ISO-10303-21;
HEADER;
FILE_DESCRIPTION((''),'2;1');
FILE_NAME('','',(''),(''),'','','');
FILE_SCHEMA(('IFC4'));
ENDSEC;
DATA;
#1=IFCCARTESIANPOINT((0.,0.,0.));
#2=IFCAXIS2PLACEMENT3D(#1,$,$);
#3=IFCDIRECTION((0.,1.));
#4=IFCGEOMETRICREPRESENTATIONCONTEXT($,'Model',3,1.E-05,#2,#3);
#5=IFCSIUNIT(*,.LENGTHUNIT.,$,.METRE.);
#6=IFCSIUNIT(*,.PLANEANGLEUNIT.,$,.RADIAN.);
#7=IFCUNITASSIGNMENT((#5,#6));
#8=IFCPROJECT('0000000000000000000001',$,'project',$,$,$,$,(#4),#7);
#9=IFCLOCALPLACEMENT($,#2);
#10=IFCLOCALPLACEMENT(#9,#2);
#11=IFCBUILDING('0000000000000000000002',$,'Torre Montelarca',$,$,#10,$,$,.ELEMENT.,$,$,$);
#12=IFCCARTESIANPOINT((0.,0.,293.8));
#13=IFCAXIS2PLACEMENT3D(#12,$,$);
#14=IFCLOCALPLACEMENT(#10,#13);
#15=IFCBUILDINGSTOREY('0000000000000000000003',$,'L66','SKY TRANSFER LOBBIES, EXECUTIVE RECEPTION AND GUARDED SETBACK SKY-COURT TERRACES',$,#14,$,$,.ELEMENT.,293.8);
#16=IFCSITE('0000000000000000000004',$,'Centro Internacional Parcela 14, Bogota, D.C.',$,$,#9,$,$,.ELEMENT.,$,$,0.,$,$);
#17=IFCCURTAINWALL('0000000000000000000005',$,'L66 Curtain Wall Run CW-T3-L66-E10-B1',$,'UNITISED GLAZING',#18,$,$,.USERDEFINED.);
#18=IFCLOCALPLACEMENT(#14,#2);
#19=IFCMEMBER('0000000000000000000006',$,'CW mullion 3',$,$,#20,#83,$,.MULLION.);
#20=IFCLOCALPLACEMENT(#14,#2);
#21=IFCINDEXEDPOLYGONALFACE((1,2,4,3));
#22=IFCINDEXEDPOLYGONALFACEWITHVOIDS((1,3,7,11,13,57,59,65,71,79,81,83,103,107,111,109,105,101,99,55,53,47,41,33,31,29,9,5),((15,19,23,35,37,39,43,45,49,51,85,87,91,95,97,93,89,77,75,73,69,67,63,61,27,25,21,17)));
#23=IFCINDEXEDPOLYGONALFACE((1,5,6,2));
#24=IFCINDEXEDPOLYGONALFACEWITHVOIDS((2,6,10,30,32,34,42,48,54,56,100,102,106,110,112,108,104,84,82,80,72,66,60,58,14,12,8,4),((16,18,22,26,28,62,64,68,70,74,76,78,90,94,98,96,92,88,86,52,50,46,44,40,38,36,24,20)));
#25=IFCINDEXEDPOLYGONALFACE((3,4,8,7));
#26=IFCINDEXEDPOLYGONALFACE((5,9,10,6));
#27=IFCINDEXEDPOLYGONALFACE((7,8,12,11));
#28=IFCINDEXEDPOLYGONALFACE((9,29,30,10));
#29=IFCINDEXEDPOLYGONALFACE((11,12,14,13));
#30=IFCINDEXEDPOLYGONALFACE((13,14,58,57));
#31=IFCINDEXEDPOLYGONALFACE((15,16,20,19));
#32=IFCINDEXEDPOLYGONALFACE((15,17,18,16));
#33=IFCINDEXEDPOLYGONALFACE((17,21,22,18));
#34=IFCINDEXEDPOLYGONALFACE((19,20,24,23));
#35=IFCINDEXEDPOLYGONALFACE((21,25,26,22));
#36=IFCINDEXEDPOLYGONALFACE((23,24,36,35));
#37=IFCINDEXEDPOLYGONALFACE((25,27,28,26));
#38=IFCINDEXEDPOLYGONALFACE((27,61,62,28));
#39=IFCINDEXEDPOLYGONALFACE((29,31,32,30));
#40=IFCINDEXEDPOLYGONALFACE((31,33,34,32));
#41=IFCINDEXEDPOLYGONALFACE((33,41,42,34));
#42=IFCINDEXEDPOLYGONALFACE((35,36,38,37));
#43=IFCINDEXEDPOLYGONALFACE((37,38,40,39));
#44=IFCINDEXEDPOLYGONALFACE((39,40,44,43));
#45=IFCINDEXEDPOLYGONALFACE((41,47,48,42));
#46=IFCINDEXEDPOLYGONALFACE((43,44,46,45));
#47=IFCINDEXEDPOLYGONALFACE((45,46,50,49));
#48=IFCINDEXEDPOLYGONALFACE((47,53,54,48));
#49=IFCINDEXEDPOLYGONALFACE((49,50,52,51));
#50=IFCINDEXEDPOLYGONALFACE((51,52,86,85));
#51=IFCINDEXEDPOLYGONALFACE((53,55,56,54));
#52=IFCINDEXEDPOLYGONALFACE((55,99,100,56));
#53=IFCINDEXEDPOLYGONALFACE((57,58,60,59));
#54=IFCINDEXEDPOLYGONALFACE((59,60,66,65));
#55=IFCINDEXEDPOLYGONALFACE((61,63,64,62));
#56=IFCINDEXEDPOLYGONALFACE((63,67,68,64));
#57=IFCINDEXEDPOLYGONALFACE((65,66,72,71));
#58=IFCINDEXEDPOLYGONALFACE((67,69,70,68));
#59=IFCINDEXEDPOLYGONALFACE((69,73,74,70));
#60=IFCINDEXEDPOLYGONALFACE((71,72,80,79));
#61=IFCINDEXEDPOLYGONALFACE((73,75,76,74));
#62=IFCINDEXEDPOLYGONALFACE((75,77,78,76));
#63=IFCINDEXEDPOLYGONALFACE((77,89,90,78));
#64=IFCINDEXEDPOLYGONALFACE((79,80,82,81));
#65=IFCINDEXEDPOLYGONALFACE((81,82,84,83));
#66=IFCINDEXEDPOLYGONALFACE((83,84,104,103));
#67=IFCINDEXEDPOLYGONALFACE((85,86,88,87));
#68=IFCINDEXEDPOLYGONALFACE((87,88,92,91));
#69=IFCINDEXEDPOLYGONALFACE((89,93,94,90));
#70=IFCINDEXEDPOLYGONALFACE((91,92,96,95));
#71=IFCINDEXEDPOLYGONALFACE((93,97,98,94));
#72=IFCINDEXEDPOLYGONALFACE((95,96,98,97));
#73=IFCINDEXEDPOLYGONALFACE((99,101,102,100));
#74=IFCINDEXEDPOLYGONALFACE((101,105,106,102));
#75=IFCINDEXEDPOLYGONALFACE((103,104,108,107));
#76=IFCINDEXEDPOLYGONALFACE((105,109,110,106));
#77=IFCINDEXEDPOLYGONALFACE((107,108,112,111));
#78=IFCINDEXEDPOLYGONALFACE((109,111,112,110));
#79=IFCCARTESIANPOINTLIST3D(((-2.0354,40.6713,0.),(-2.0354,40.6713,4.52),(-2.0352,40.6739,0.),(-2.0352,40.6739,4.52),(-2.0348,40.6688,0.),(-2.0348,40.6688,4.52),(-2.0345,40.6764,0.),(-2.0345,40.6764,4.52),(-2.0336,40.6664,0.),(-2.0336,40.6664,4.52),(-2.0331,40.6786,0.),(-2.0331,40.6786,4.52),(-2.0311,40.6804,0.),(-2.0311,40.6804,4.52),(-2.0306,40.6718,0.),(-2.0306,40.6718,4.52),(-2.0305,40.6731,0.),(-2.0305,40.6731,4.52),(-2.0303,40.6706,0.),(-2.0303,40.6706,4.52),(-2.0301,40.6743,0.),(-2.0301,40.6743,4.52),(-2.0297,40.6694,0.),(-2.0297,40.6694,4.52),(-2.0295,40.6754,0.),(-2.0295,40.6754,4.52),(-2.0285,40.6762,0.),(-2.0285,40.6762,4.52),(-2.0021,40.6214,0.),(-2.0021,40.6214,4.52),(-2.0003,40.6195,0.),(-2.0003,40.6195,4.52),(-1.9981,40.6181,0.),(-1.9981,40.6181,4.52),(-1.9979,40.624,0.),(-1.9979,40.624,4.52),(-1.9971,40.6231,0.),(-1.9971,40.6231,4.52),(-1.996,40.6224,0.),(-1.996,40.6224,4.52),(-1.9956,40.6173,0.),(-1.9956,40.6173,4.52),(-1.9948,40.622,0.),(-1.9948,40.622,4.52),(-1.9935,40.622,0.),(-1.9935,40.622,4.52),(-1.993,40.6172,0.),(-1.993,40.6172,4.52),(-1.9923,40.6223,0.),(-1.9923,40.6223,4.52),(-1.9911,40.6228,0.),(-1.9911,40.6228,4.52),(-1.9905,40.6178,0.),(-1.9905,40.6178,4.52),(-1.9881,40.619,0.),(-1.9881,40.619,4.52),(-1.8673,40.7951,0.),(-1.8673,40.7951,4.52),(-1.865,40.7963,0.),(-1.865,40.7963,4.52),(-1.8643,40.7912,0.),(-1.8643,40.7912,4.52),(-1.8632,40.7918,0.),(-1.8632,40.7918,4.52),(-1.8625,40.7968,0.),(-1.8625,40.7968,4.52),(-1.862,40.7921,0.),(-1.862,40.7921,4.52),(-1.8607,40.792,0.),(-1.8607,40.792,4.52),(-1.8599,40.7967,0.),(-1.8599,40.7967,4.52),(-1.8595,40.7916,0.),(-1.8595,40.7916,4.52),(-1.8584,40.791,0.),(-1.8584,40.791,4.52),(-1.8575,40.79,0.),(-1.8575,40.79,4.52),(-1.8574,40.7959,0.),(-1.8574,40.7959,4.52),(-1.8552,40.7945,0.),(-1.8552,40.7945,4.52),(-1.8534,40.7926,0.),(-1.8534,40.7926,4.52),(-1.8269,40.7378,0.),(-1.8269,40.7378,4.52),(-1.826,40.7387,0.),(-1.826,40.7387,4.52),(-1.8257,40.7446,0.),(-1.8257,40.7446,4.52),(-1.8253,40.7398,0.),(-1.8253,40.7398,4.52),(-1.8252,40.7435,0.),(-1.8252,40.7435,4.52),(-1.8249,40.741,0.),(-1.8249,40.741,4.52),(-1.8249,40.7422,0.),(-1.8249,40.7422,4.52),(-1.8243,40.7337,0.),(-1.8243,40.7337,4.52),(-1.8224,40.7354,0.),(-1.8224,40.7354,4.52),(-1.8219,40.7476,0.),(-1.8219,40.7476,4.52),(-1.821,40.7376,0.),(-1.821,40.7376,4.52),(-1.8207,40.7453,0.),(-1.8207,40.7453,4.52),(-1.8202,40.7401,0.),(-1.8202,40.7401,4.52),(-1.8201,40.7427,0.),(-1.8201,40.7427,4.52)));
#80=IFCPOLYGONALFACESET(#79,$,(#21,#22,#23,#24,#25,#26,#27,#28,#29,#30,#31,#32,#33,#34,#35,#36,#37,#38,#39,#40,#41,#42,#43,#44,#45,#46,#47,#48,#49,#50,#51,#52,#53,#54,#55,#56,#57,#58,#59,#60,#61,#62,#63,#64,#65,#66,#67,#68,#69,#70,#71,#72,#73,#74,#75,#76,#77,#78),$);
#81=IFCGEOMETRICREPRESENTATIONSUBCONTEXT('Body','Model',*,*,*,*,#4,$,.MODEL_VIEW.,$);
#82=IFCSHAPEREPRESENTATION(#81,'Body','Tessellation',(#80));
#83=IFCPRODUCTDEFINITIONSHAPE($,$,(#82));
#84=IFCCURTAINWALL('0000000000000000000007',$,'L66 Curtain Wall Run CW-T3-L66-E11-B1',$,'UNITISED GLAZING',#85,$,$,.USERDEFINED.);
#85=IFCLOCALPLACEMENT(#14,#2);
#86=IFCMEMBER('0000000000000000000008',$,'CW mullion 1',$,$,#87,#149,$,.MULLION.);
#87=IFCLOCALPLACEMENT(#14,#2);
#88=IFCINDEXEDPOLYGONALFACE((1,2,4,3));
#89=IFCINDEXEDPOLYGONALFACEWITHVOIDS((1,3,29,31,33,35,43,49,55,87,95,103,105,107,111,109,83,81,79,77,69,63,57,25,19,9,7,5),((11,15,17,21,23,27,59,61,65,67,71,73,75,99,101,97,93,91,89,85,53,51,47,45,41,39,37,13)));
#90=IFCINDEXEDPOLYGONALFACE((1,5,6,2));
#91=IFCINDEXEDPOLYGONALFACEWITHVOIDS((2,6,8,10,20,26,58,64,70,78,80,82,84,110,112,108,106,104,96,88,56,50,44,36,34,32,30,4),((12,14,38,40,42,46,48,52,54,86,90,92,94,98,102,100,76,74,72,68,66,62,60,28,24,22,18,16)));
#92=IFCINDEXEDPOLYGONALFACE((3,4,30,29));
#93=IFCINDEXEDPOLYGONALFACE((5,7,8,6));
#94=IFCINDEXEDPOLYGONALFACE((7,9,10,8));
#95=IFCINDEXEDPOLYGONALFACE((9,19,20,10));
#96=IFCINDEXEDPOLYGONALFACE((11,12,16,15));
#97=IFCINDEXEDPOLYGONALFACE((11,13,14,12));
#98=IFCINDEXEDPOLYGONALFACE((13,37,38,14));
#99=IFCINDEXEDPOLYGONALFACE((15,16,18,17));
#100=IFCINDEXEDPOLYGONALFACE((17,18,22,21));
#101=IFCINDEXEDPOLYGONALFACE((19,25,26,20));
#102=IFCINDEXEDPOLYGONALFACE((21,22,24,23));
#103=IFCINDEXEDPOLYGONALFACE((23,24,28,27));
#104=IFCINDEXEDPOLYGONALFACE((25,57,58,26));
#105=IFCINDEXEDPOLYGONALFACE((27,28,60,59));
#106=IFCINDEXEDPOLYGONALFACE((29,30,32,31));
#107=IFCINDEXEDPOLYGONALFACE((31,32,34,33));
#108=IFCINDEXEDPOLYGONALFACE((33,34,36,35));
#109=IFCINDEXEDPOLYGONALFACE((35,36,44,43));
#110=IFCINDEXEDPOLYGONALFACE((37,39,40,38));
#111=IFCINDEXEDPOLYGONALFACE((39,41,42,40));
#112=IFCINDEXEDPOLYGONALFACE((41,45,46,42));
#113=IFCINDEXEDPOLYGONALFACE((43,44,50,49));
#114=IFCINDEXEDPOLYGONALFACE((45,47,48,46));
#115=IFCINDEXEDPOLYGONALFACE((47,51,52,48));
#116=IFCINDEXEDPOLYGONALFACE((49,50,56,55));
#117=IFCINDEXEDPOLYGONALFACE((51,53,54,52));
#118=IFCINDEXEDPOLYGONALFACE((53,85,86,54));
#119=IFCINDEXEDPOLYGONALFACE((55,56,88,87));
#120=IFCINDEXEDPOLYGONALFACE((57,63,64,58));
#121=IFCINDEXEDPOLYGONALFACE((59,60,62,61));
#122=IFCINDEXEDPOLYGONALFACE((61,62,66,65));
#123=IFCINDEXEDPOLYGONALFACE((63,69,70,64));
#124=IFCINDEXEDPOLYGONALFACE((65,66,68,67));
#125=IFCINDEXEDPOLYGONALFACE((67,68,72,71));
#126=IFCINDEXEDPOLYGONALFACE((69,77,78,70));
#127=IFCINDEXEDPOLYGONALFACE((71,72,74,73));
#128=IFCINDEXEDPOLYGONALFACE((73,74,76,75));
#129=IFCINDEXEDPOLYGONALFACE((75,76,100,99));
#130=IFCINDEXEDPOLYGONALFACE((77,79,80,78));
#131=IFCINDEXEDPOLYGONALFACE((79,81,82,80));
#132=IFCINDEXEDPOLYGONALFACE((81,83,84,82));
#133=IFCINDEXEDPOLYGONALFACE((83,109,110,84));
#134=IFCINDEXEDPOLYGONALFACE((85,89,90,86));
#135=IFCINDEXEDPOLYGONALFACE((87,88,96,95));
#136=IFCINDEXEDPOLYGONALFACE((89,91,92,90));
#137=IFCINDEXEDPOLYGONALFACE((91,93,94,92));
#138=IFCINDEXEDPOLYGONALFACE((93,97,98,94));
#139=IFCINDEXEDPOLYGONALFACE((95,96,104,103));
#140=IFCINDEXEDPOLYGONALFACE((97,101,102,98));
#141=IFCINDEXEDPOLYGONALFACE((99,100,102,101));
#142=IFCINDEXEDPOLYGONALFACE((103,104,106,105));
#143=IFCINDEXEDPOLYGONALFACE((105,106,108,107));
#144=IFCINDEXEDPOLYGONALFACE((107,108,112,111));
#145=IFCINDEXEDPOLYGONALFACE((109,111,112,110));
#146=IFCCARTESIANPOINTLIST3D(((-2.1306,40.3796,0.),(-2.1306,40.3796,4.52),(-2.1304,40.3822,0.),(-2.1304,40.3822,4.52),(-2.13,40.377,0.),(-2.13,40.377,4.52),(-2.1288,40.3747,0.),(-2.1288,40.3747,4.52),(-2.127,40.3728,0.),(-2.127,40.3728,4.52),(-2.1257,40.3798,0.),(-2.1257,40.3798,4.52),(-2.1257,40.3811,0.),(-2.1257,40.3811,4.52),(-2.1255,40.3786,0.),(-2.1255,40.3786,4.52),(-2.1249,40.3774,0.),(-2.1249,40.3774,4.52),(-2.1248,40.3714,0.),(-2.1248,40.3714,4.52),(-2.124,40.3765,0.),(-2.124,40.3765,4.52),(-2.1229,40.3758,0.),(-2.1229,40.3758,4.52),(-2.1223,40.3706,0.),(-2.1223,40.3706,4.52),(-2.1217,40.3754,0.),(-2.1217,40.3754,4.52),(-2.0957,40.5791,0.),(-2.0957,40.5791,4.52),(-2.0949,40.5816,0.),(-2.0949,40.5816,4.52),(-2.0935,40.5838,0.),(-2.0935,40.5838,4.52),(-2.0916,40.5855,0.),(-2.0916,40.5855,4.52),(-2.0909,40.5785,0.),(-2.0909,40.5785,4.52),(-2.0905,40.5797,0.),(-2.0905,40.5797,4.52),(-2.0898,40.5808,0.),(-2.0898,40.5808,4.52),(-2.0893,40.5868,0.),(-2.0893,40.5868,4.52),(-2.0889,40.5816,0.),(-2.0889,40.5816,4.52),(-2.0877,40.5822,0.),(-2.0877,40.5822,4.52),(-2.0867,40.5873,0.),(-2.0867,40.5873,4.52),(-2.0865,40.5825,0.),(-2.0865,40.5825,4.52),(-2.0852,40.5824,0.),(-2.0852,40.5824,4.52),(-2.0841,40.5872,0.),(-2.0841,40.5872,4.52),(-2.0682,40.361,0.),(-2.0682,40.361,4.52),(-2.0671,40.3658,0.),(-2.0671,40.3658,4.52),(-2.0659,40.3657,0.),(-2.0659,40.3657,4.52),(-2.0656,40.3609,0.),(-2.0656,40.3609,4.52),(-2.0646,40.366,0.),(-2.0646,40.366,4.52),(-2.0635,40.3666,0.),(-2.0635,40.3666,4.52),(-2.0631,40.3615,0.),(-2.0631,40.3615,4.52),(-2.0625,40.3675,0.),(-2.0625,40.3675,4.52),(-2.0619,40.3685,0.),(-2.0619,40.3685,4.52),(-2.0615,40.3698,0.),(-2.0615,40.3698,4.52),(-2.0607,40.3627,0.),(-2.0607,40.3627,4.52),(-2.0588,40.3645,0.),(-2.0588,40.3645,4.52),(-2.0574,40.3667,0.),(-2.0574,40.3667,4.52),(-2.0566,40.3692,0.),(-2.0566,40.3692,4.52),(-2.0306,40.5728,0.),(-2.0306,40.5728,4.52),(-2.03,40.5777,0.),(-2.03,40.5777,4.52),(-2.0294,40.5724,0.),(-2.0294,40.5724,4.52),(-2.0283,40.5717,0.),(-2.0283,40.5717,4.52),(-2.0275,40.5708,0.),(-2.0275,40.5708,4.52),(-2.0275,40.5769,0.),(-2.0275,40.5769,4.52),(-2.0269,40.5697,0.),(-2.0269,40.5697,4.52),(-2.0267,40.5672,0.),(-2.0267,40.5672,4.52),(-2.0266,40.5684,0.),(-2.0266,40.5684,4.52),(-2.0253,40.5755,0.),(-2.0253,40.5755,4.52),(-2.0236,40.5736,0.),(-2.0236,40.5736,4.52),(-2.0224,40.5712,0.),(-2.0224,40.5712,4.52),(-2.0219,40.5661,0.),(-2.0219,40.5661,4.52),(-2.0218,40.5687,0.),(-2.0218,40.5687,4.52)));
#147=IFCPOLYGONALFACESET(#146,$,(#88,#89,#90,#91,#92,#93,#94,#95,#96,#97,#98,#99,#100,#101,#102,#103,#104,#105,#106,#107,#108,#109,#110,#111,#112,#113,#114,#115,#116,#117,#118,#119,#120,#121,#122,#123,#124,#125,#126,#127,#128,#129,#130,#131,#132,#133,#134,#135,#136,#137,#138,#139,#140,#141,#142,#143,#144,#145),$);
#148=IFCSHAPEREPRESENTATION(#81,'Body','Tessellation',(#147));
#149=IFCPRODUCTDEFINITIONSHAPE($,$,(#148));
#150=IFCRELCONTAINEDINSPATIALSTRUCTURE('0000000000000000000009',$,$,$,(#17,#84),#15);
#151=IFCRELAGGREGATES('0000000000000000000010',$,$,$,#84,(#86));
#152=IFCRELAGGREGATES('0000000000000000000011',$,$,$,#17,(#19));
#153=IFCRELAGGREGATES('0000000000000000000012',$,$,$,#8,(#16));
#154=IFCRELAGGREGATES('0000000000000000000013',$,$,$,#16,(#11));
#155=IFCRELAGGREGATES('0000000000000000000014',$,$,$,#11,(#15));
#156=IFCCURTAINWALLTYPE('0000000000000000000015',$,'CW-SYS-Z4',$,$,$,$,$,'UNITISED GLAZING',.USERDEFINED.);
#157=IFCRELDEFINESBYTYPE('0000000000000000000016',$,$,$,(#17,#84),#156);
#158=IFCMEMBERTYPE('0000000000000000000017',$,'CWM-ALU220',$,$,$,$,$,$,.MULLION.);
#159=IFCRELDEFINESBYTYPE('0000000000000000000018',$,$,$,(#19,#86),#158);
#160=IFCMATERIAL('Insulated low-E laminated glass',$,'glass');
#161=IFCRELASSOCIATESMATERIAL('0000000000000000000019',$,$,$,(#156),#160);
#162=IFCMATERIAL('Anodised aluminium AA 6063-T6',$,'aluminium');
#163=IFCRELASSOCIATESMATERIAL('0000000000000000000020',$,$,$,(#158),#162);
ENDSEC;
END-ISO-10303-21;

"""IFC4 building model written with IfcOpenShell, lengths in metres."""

from ifc_helpers import new_model, si_unit, direction, frame, origin, origin_2d, place, context, subcontext, project, spatial, hollow_rectangle, extrude, source, transform, mapped, material, material_profile, profile_set, type_object, element, aggregate, save


model = new_model("IFC4")

# Units and contexts
model_context = context("Model", 3, precision=1e-05, world=origin(), true_north=direction((0.0, 1.0)))
body_context = subcontext(model_context, "Body", "Model", "MODEL_VIEW")
ifc_project = project(units=[si_unit("LENGTHUNIT", "METRE"), si_unit("PLANEANGLEUNIT", "RADIAN")], contexts=[model_context])

# Site, building, storey
site_placement = place(None, origin())
site = spatial("IfcSite", under=ifc_project, at=site_placement, Name="Centro Internacional Parcela 14, Bogota, D.C.", CompositionType="ELEMENT", RefElevation=0.0)
building_placement = place(site_placement, origin())
building = spatial("IfcBuilding", under=site, at=building_placement, Name="Torre Montelarca", CompositionType="ELEMENT")
storey_placement = place(building_placement, frame((0.0, 0.0, 293.8)))
storey = spatial("IfcBuildingStorey", under=building, at=storey_placement, Name="L66", Description="SKY TRANSFER LOBBIES, EXECUTIVE RECEPTION AND GUARDED SETBACK SKY-COURT TERRACES", CompositionType="ELEMENT", Elevation=293.8)

# Curtain walls, members
ifc_material_1 = material(Name="Insulated low-E laminated glass", Category="glass")
curtain_wall_type = type_object("IfcCurtainWallType", Name="CW-SYS-Z4", ElementType="UNITISED GLAZING", PredefinedType="USERDEFINED", material=ifc_material_1)
curtain_wall_1_placement = place(storey_placement, origin())
curtain_wall_1 = element("IfcCurtainWall", 1, at=curtain_wall_1_placement, inside=storey, type_object=curtain_wall_type, Name="L66 Curtain Wall Run CW-T3-L66-E10-B1", ObjectType="UNITISED GLAZING", PredefinedType="USERDEFINED")
ifc_material_2 = material(Name="Anodised aluminium AA 6063-T6", Category="aluminium")
ifc_material_profile_1 = material_profile(ifc_material_2, hollow_rectangle(XDim=0.075, YDim=0.22, WallThickness=0.0049, InnerFilletRadius=0.0049, OuterFilletRadius=0.01, at=origin_2d()), Name="ALU75X220X5", Category="aluminium")
ifc_profile_set_1 = profile_set([ifc_material_profile_1], Name="Anodised aluminium AA 6063-T6")
member_type_1 = type_object("IfcMemberType", Name="CWM-ALU220", PredefinedType="MULLION", material=ifc_profile_set_1)
shared_shape_1 = source(origin(), body_context, "Body", "SweptSolid", [
    extrude(hollow_rectangle(XDim=0.075, YDim=0.22, WallThickness=0.0049, InnerFilletRadius=0.0049, OuterFilletRadius=0.01, at=origin_2d()), origin(), (0.0, 0.0, 1.0), 4.52),
])
member_1_placement = place(storey_placement, frame((-1.9277, 40.707, 0.0), z_axis=(0.0, 0.0, 1.0), x_axis=(0.573572, -0.819155, 0.0)))
member_1 = element("IfcMember", 2, at=member_1_placement, type_object=member_type_1, Name="CW mullion 3", PredefinedType="MULLION", context=body_context, shape_type="MappedRepresentation", body=[
    mapped(shared_shape_1, transform((0.0, 0.0, 0.0), scale=1.0)),
])
curtain_wall_2_placement = place(storey_placement, origin())
curtain_wall_2 = element("IfcCurtainWall", 3, at=curtain_wall_2_placement, inside=storey, type_object=curtain_wall_type, Name="L66 Curtain Wall Run CW-T3-L66-E11-B1", ObjectType="UNITISED GLAZING", PredefinedType="USERDEFINED")
member_2_placement = place(storey_placement, frame((-2.0762, 40.4741, 0.0), z_axis=(0.0, 0.0, 1.0), x_axis=(0.98481, -0.173635, 0.0)))
member_2 = element("IfcMember", 4, at=member_2_placement, type_object=member_type_1, Name="CW mullion 1", PredefinedType="MULLION", context=body_context, shape_type="MappedRepresentation", body=[
    mapped(shared_shape_1, transform((0.0, 0.0, 0.0), scale=1.0)),
])

aggregate(curtain_wall_2, [member_2])
aggregate(curtain_wall_1, [member_1])

save(model, "model.ifc")
